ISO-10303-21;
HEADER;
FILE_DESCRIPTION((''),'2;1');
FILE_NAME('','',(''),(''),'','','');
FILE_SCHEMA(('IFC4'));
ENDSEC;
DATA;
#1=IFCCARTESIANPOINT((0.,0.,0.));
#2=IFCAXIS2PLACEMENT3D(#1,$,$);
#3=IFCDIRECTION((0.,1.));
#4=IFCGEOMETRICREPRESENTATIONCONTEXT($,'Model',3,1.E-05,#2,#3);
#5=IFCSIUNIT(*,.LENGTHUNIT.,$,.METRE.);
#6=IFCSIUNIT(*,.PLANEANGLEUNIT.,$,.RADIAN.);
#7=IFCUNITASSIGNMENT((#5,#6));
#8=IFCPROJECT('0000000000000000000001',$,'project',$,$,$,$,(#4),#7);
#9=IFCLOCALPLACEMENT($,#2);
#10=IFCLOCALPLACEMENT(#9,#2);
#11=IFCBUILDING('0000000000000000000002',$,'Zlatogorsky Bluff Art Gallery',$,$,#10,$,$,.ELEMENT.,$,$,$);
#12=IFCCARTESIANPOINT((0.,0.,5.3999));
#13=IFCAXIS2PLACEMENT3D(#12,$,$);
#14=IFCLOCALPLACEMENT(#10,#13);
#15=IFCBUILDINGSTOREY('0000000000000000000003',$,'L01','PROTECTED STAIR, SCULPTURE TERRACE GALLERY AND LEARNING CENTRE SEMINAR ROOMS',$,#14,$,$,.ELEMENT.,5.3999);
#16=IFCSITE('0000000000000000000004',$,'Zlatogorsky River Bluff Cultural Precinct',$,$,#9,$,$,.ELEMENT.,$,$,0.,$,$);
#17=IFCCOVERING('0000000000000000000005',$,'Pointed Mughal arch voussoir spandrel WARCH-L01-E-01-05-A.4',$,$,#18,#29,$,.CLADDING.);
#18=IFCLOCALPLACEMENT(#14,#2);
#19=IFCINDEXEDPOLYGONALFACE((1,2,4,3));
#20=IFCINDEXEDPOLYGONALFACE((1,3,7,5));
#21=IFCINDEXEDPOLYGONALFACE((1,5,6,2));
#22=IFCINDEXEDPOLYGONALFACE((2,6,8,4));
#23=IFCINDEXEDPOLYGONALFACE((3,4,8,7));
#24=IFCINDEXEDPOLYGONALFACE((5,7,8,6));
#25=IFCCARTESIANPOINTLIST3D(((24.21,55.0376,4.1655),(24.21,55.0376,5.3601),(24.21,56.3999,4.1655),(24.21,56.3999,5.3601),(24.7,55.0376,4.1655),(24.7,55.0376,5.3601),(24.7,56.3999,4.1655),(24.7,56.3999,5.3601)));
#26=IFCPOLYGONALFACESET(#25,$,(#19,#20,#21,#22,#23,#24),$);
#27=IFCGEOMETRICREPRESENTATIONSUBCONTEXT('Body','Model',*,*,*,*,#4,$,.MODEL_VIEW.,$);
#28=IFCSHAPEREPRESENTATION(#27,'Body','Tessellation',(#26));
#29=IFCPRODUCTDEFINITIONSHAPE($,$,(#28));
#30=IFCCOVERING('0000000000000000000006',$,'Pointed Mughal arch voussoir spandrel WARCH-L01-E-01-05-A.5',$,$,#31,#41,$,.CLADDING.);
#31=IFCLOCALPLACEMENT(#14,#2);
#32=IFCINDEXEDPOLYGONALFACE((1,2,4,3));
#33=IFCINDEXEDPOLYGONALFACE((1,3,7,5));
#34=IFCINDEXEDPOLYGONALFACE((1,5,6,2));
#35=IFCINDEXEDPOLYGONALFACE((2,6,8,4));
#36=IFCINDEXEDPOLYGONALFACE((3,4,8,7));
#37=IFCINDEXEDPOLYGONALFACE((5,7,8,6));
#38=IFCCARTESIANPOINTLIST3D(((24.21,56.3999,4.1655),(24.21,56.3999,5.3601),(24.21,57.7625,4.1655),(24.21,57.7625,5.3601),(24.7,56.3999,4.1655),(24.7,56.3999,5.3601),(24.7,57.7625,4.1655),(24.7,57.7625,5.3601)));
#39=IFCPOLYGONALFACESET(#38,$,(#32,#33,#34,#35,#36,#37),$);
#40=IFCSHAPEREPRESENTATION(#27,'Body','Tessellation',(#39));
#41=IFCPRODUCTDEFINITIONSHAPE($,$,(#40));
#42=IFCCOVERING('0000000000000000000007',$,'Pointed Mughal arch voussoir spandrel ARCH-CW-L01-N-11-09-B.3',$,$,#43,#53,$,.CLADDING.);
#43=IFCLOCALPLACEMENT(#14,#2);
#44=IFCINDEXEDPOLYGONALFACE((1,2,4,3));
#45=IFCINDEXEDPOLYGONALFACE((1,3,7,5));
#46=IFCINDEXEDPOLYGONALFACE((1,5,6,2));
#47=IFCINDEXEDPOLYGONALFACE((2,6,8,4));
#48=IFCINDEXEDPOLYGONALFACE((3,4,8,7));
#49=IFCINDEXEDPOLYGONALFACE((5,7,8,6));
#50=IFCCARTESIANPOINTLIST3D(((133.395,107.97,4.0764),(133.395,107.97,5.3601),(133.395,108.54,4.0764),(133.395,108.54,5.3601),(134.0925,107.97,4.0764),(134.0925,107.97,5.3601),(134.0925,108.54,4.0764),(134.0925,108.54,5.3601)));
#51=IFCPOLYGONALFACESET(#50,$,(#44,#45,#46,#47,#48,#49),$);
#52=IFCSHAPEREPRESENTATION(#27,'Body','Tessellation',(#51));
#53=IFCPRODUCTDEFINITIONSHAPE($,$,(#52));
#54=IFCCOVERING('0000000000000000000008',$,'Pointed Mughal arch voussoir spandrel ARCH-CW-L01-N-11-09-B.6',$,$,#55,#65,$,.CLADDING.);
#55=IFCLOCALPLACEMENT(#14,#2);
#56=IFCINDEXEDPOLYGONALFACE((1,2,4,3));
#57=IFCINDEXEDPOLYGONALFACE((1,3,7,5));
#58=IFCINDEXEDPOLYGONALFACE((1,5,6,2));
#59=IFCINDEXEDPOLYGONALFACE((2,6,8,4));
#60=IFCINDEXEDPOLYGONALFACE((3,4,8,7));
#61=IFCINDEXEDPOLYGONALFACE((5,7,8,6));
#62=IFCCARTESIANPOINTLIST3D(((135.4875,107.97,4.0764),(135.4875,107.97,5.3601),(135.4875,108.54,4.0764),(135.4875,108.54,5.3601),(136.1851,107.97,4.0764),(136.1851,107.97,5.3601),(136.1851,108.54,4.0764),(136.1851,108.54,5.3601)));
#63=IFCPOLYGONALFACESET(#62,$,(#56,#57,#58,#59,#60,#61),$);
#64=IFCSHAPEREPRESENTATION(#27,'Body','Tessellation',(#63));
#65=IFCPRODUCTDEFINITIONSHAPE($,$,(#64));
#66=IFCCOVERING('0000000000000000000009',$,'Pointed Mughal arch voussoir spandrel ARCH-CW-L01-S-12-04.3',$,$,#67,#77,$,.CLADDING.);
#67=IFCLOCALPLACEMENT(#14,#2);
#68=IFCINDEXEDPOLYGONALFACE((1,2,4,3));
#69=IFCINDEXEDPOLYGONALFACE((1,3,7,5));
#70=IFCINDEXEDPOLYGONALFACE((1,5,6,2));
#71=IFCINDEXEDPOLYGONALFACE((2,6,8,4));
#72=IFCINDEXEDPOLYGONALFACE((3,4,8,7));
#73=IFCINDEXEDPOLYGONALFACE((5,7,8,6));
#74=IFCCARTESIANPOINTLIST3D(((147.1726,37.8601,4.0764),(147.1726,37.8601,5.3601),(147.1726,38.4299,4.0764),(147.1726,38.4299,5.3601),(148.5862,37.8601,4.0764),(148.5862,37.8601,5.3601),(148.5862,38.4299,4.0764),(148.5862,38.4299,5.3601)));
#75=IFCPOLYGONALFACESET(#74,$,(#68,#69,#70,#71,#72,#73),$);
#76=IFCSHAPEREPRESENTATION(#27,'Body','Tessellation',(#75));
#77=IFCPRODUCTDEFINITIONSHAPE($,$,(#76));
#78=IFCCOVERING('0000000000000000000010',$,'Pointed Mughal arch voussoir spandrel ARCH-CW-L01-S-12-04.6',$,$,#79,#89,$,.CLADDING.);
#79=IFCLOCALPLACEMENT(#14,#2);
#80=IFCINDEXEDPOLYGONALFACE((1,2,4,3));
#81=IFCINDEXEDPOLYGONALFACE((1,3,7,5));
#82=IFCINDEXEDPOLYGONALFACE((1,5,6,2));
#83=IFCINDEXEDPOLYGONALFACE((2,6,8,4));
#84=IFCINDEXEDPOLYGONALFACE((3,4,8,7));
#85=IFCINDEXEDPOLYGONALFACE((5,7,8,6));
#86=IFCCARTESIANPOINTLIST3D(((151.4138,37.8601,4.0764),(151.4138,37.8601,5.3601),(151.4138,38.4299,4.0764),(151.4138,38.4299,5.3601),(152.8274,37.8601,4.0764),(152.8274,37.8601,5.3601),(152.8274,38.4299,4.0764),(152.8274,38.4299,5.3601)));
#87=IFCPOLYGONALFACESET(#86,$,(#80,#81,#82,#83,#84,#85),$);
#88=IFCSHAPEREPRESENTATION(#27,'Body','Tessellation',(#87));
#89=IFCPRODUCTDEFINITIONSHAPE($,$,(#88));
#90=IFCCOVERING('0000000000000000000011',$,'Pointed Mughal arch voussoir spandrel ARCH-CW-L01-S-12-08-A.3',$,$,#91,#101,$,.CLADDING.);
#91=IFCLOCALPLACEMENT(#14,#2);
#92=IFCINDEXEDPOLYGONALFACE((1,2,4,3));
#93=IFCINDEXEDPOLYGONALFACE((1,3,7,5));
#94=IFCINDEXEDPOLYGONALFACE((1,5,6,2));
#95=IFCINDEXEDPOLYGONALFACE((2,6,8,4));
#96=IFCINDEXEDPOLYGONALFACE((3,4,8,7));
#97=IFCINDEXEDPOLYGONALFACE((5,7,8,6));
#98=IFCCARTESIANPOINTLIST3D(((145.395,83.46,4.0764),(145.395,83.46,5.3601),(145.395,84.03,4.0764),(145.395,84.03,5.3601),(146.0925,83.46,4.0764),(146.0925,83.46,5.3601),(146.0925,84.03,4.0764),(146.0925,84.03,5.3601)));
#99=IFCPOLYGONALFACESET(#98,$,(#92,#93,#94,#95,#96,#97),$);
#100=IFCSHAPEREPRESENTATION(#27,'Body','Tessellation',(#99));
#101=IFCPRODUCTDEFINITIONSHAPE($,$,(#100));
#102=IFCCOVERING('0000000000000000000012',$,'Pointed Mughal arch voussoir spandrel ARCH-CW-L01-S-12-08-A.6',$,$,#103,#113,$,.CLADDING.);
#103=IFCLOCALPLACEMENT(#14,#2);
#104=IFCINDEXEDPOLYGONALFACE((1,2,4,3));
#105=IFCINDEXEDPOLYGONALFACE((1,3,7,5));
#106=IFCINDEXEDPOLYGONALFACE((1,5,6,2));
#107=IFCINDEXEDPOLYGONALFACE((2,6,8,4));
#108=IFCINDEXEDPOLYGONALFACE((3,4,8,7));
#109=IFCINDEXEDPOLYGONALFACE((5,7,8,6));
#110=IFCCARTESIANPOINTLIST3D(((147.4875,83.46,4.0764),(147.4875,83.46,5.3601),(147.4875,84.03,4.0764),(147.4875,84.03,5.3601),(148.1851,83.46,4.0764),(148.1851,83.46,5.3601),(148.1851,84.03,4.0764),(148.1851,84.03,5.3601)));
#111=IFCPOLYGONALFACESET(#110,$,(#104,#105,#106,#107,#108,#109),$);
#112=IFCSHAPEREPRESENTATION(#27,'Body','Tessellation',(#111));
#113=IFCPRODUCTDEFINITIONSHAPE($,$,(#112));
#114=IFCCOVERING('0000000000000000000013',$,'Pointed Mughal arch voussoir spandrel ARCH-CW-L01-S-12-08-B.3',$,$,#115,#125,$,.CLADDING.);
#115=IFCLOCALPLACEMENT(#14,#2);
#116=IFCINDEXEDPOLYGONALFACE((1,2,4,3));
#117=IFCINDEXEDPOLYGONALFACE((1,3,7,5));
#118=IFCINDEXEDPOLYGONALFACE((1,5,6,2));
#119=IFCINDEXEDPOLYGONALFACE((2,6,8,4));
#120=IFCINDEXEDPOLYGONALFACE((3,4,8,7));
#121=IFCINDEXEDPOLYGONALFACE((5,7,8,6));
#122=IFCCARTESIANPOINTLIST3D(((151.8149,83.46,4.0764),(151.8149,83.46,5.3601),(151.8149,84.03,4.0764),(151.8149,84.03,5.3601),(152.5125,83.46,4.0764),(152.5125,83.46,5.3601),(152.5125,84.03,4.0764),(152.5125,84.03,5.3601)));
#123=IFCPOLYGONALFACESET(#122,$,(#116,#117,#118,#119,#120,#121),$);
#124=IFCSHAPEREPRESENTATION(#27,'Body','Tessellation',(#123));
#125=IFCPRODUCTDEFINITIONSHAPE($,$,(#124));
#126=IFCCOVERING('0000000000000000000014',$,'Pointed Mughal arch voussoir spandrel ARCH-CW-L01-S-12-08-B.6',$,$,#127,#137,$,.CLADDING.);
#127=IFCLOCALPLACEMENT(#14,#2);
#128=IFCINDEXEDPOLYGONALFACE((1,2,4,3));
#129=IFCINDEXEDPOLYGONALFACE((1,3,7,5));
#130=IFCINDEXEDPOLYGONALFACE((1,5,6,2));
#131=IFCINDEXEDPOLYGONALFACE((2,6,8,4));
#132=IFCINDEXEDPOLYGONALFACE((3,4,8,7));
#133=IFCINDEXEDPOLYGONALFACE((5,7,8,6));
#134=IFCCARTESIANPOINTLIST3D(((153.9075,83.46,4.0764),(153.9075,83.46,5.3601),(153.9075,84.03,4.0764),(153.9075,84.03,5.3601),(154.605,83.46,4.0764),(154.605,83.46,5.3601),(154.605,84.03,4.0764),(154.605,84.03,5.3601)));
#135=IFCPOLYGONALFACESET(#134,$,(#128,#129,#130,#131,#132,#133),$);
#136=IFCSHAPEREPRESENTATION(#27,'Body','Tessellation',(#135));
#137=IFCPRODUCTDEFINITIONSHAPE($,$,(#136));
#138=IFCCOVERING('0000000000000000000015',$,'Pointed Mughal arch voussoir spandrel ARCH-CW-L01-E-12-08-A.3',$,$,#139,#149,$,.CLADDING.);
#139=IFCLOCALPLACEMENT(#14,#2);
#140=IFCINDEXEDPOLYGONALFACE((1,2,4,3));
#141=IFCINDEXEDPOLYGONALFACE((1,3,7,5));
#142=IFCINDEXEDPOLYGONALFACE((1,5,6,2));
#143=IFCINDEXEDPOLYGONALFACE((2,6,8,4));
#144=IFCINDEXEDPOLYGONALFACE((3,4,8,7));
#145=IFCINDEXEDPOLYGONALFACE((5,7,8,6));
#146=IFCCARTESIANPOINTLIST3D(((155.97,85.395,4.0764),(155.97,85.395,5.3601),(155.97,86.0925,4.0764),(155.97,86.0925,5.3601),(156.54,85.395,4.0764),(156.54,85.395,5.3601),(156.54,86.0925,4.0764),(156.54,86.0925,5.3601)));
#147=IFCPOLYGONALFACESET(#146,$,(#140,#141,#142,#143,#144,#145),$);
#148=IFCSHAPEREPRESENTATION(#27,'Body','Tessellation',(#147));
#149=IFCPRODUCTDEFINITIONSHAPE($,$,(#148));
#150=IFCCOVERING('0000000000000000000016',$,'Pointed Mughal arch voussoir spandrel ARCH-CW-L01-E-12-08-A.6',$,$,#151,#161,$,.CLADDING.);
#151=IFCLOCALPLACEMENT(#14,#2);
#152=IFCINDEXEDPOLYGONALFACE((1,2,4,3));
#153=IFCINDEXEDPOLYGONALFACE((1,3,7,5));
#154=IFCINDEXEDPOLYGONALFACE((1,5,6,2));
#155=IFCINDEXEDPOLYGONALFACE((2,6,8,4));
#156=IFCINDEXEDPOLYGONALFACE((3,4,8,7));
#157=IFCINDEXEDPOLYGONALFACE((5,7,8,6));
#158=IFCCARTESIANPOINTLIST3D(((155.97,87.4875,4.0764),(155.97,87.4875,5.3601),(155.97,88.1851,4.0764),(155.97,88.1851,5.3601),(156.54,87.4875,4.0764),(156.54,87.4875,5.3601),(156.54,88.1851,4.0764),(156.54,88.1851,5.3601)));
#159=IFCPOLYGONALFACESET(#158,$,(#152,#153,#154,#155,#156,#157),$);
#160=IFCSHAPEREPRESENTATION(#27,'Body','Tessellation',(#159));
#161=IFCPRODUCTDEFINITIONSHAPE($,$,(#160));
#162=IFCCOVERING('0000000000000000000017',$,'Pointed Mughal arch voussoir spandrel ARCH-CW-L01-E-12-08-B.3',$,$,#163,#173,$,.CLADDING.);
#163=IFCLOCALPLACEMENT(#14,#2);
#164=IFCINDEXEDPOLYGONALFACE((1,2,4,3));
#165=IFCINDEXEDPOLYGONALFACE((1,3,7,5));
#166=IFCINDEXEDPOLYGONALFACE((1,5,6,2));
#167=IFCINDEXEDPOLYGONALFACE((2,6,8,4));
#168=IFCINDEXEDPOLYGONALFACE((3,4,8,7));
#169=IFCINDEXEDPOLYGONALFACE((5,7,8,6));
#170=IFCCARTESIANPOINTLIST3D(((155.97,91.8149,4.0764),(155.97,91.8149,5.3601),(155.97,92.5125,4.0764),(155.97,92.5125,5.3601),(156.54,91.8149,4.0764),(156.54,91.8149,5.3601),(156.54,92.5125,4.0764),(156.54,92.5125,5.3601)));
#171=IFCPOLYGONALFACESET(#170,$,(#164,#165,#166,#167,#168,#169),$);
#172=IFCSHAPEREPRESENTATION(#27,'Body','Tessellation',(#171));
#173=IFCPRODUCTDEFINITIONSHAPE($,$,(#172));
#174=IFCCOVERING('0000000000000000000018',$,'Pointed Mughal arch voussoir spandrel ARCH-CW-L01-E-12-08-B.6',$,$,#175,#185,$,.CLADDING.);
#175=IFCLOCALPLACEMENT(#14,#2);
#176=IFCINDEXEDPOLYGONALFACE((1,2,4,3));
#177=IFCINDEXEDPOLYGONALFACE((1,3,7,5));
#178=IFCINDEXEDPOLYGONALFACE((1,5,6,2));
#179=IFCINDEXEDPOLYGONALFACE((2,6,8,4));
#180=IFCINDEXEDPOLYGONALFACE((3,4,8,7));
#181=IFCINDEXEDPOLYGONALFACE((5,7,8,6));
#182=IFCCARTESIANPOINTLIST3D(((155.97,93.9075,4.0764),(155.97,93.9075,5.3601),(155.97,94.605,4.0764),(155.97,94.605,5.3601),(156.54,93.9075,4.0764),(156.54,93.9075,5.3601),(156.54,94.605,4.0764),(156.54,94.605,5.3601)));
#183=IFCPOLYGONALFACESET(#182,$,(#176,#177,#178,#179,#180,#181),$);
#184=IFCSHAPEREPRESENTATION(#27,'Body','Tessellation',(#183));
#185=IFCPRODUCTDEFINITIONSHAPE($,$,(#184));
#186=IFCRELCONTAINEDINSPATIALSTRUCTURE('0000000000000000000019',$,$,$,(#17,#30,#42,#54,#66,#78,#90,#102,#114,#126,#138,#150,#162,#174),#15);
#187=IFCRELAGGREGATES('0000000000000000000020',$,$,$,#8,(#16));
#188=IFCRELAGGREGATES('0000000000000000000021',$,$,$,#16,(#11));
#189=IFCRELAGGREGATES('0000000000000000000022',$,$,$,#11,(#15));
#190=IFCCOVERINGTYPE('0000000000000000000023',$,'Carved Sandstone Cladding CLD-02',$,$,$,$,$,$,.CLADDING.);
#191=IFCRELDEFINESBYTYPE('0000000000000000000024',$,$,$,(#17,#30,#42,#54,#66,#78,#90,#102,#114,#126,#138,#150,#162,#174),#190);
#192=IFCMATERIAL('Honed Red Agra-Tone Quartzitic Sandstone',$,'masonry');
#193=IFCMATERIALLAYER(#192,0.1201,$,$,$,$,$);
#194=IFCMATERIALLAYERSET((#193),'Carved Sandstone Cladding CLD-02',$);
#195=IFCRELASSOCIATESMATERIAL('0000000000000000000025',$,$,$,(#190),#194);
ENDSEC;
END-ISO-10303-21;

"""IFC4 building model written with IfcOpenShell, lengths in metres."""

from ifc_helpers import new_model, si_unit, direction, frame, origin, place, context, subcontext, project, spatial, polyline, outline, extrude, material, layer, layer_set, type_object, element, save


model = new_model("IFC4")

# Units and contexts
model_context = context("Model", 3, precision=1e-05, world=origin(), true_north=direction((0.0, 1.0)))
body_context = subcontext(model_context, "Body", "Model", "MODEL_VIEW")
ifc_project = project(units=[si_unit("LENGTHUNIT", "METRE"), si_unit("PLANEANGLEUNIT", "RADIAN")], contexts=[model_context])

# Site, building, storey
site_placement = place(None, origin())
site = spatial("IfcSite", under=ifc_project, at=site_placement, Name="Zlatogorsky River Bluff Cultural Precinct", CompositionType="ELEMENT", RefElevation=0.0)
building_placement = place(site_placement, origin())
building = spatial("IfcBuilding", under=site, at=building_placement, Name="Zlatogorsky Bluff Art Gallery", CompositionType="ELEMENT")
storey_placement = place(building_placement, frame((0.0, 0.0, 5.3999)))
storey = spatial("IfcBuildingStorey", under=building, at=storey_placement, Name="L01", Description="PROTECTED STAIR, SCULPTURE TERRACE GALLERY AND LEARNING CENTRE SEMINAR ROOMS", CompositionType="ELEMENT", Elevation=5.3999)

# Coverings
ifc_material = material(Name="Honed Red Agra-Tone Quartzitic Sandstone", Category="masonry")
ifc_layer = layer(ifc_material, 0.1201)
ifc_layer_set = layer_set([ifc_layer], Name="Carved Sandstone Cladding CLD-02")
covering_type = type_object("IfcCoveringType", Name="Carved Sandstone Cladding CLD-02", PredefinedType="CLADDING", material=ifc_layer_set)
covering_1_placement = place(storey_placement, frame((0.0, 0.0, 4.1655)))
element("IfcCovering", 1, at=covering_1_placement, inside=storey, type_object=covering_type, Name="Pointed Mughal arch voussoir spandrel WARCH-L01-E-01-05-A.4", PredefinedType="CLADDING", context=body_context, shape_type="SweptSolid", body=[
    extrude(outline(polyline([(24.21, 55.0376), (24.21, 56.3999), (24.7, 56.3999), (24.7, 55.0376), (24.21, 55.0376)])), origin(), (0.0, 0.0, 1.0), 1.1946),
])
covering_2_placement = place(storey_placement, frame((0.0, 0.0, 4.1655)))
element("IfcCovering", 2, at=covering_2_placement, inside=storey, type_object=covering_type, Name="Pointed Mughal arch voussoir spandrel WARCH-L01-E-01-05-A.5", PredefinedType="CLADDING", context=body_context, shape_type="SweptSolid", body=[
    extrude(outline(polyline([(24.21, 56.3999), (24.21, 57.7625), (24.7, 57.7625), (24.7, 56.3999), (24.21, 56.3999)])), origin(), (0.0, 0.0, 1.0), 1.1946),
])
covering_3_placement = place(storey_placement, frame((0.0, 0.0, 4.0764)))
element("IfcCovering", 3, at=covering_3_placement, inside=storey, type_object=covering_type, Name="Pointed Mughal arch voussoir spandrel ARCH-CW-L01-N-11-09-B.3", PredefinedType="CLADDING", context=body_context, shape_type="SweptSolid", body=[
    extrude(outline(polyline([(133.395, 107.97), (134.0925, 107.97), (134.0925, 108.54), (133.395, 108.54), (133.395, 107.97)])), origin(), (0.0, 0.0, 1.0), 1.2837),
])
covering_4_placement = place(storey_placement, frame((0.0, 0.0, 4.0764)))
element("IfcCovering", 4, at=covering_4_placement, inside=storey, type_object=covering_type, Name="Pointed Mughal arch voussoir spandrel ARCH-CW-L01-N-11-09-B.6", PredefinedType="CLADDING", context=body_context, shape_type="SweptSolid", body=[
    extrude(outline(polyline([(135.4875, 107.97), (136.1851, 107.97), (136.1851, 108.54), (135.4875, 108.54), (135.4875, 107.97)])), origin(), (0.0, 0.0, 1.0), 1.2837),
])
covering_5_placement = place(storey_placement, frame((0.0, 0.0, 4.0764)))
element("IfcCovering", 5, at=covering_5_placement, inside=storey, type_object=covering_type, Name="Pointed Mughal arch voussoir spandrel ARCH-CW-L01-S-12-04.3", PredefinedType="CLADDING", context=body_context, shape_type="SweptSolid", body=[
    extrude(outline(polyline([(147.1726, 37.8601), (148.5862, 37.8601), (148.5862, 38.4299), (147.1726, 38.4299), (147.1726, 37.8601)])), origin(), (0.0, 0.0, 1.0), 1.2837),
])
covering_6_placement = place(storey_placement, frame((0.0, 0.0, 4.0764)))
element("IfcCovering", 6, at=covering_6_placement, inside=storey, type_object=covering_type, Name="Pointed Mughal arch voussoir spandrel ARCH-CW-L01-S-12-04.6", PredefinedType="CLADDING", context=body_context, shape_type="SweptSolid", body=[
    extrude(outline(polyline([(151.4138, 37.8601), (152.8274, 37.8601), (152.8274, 38.4299), (151.4138, 38.4299), (151.4138, 37.8601)])), origin(), (0.0, 0.0, 1.0), 1.2837),
])
covering_7_placement = place(storey_placement, frame((0.0, 0.0, 4.0764)))
element("IfcCovering", 7, at=covering_7_placement, inside=storey, type_object=covering_type, Name="Pointed Mughal arch voussoir spandrel ARCH-CW-L01-S-12-08-A.3", PredefinedType="CLADDING", context=body_context, shape_type="SweptSolid", body=[
    extrude(outline(polyline([(145.395, 83.46), (146.0925, 83.46), (146.0925, 84.03), (145.395, 84.03), (145.395, 83.46)])), origin(), (0.0, 0.0, 1.0), 1.2837),
])
covering_8_placement = place(storey_placement, frame((0.0, 0.0, 4.0764)))
element("IfcCovering", 8, at=covering_8_placement, inside=storey, type_object=covering_type, Name="Pointed Mughal arch voussoir spandrel ARCH-CW-L01-S-12-08-A.6", PredefinedType="CLADDING", context=body_context, shape_type="SweptSolid", body=[
    extrude(outline(polyline([(147.4875, 83.46), (148.1851, 83.46), (148.1851, 84.03), (147.4875, 84.03), (147.4875, 83.46)])), origin(), (0.0, 0.0, 1.0), 1.2837),
])
covering_9_placement = place(storey_placement, frame((0.0, 0.0, 4.0764)))
element("IfcCovering", 9, at=covering_9_placement, inside=storey, type_object=covering_type, Name="Pointed Mughal arch voussoir spandrel ARCH-CW-L01-S-12-08-B.3", PredefinedType="CLADDING", context=body_context, shape_type="SweptSolid", body=[
    extrude(outline(polyline([(151.8149, 83.46), (152.5125, 83.46), (152.5125, 84.03), (151.8149, 84.03), (151.8149, 83.46)])), origin(), (0.0, 0.0, 1.0), 1.2837),
])
covering_10_placement = place(storey_placement, frame((0.0, 0.0, 4.0764)))
element("IfcCovering", 10, at=covering_10_placement, inside=storey, type_object=covering_type, Name="Pointed Mughal arch voussoir spandrel ARCH-CW-L01-S-12-08-B.6", PredefinedType="CLADDING", context=body_context, shape_type="SweptSolid", body=[
    extrude(outline(polyline([(153.9075, 83.46), (154.605, 83.46), (154.605, 84.03), (153.9075, 84.03), (153.9075, 83.46)])), origin(), (0.0, 0.0, 1.0), 1.2837),
])
covering_11_placement = place(storey_placement, frame((0.0, 0.0, 4.0764)))
element("IfcCovering", 11, at=covering_11_placement, inside=storey, type_object=covering_type, Name="Pointed Mughal arch voussoir spandrel ARCH-CW-L01-E-12-08-A.3", PredefinedType="CLADDING", context=body_context, shape_type="SweptSolid", body=[
    extrude(outline(polyline([(155.97, 85.395), (155.97, 86.0925), (156.54, 86.0925), (156.54, 85.395), (155.97, 85.395)])), origin(), (0.0, 0.0, 1.0), 1.2837),
])
covering_12_placement = place(storey_placement, frame((0.0, 0.0, 4.0764)))
element("IfcCovering", 12, at=covering_12_placement, inside=storey, type_object=covering_type, Name="Pointed Mughal arch voussoir spandrel ARCH-CW-L01-E-12-08-A.6", PredefinedType="CLADDING", context=body_context, shape_type="SweptSolid", body=[
    extrude(outline(polyline([(155.97, 87.4875), (155.97, 88.1851), (156.54, 88.1851), (156.54, 87.4875), (155.97, 87.4875)])), origin(), (0.0, 0.0, 1.0), 1.2837),
])
covering_13_placement = place(storey_placement, frame((0.0, 0.0, 4.0764)))
element("IfcCovering", 13, at=covering_13_placement, inside=storey, type_object=covering_type, Name="Pointed Mughal arch voussoir spandrel ARCH-CW-L01-E-12-08-B.3", PredefinedType="CLADDING", context=body_context, shape_type="SweptSolid", body=[
    extrude(outline(polyline([(155.97, 91.8149), (155.97, 92.5125), (156.54, 92.5125), (156.54, 91.8149), (155.97, 91.8149)])), origin(), (0.0, 0.0, 1.0), 1.2837),
])
covering_14_placement = place(storey_placement, frame((0.0, 0.0, 4.0764)))
element("IfcCovering", 14, at=covering_14_placement, inside=storey, type_object=covering_type, Name="Pointed Mughal arch voussoir spandrel ARCH-CW-L01-E-12-08-B.6", PredefinedType="CLADDING", context=body_context, shape_type="SweptSolid", body=[
    extrude(outline(polyline([(155.97, 93.9075), (155.97, 94.605), (156.54, 94.605), (156.54, 93.9075), (155.97, 93.9075)])), origin(), (0.0, 0.0, 1.0), 1.2837),
])

save(model, "model.ifc")
